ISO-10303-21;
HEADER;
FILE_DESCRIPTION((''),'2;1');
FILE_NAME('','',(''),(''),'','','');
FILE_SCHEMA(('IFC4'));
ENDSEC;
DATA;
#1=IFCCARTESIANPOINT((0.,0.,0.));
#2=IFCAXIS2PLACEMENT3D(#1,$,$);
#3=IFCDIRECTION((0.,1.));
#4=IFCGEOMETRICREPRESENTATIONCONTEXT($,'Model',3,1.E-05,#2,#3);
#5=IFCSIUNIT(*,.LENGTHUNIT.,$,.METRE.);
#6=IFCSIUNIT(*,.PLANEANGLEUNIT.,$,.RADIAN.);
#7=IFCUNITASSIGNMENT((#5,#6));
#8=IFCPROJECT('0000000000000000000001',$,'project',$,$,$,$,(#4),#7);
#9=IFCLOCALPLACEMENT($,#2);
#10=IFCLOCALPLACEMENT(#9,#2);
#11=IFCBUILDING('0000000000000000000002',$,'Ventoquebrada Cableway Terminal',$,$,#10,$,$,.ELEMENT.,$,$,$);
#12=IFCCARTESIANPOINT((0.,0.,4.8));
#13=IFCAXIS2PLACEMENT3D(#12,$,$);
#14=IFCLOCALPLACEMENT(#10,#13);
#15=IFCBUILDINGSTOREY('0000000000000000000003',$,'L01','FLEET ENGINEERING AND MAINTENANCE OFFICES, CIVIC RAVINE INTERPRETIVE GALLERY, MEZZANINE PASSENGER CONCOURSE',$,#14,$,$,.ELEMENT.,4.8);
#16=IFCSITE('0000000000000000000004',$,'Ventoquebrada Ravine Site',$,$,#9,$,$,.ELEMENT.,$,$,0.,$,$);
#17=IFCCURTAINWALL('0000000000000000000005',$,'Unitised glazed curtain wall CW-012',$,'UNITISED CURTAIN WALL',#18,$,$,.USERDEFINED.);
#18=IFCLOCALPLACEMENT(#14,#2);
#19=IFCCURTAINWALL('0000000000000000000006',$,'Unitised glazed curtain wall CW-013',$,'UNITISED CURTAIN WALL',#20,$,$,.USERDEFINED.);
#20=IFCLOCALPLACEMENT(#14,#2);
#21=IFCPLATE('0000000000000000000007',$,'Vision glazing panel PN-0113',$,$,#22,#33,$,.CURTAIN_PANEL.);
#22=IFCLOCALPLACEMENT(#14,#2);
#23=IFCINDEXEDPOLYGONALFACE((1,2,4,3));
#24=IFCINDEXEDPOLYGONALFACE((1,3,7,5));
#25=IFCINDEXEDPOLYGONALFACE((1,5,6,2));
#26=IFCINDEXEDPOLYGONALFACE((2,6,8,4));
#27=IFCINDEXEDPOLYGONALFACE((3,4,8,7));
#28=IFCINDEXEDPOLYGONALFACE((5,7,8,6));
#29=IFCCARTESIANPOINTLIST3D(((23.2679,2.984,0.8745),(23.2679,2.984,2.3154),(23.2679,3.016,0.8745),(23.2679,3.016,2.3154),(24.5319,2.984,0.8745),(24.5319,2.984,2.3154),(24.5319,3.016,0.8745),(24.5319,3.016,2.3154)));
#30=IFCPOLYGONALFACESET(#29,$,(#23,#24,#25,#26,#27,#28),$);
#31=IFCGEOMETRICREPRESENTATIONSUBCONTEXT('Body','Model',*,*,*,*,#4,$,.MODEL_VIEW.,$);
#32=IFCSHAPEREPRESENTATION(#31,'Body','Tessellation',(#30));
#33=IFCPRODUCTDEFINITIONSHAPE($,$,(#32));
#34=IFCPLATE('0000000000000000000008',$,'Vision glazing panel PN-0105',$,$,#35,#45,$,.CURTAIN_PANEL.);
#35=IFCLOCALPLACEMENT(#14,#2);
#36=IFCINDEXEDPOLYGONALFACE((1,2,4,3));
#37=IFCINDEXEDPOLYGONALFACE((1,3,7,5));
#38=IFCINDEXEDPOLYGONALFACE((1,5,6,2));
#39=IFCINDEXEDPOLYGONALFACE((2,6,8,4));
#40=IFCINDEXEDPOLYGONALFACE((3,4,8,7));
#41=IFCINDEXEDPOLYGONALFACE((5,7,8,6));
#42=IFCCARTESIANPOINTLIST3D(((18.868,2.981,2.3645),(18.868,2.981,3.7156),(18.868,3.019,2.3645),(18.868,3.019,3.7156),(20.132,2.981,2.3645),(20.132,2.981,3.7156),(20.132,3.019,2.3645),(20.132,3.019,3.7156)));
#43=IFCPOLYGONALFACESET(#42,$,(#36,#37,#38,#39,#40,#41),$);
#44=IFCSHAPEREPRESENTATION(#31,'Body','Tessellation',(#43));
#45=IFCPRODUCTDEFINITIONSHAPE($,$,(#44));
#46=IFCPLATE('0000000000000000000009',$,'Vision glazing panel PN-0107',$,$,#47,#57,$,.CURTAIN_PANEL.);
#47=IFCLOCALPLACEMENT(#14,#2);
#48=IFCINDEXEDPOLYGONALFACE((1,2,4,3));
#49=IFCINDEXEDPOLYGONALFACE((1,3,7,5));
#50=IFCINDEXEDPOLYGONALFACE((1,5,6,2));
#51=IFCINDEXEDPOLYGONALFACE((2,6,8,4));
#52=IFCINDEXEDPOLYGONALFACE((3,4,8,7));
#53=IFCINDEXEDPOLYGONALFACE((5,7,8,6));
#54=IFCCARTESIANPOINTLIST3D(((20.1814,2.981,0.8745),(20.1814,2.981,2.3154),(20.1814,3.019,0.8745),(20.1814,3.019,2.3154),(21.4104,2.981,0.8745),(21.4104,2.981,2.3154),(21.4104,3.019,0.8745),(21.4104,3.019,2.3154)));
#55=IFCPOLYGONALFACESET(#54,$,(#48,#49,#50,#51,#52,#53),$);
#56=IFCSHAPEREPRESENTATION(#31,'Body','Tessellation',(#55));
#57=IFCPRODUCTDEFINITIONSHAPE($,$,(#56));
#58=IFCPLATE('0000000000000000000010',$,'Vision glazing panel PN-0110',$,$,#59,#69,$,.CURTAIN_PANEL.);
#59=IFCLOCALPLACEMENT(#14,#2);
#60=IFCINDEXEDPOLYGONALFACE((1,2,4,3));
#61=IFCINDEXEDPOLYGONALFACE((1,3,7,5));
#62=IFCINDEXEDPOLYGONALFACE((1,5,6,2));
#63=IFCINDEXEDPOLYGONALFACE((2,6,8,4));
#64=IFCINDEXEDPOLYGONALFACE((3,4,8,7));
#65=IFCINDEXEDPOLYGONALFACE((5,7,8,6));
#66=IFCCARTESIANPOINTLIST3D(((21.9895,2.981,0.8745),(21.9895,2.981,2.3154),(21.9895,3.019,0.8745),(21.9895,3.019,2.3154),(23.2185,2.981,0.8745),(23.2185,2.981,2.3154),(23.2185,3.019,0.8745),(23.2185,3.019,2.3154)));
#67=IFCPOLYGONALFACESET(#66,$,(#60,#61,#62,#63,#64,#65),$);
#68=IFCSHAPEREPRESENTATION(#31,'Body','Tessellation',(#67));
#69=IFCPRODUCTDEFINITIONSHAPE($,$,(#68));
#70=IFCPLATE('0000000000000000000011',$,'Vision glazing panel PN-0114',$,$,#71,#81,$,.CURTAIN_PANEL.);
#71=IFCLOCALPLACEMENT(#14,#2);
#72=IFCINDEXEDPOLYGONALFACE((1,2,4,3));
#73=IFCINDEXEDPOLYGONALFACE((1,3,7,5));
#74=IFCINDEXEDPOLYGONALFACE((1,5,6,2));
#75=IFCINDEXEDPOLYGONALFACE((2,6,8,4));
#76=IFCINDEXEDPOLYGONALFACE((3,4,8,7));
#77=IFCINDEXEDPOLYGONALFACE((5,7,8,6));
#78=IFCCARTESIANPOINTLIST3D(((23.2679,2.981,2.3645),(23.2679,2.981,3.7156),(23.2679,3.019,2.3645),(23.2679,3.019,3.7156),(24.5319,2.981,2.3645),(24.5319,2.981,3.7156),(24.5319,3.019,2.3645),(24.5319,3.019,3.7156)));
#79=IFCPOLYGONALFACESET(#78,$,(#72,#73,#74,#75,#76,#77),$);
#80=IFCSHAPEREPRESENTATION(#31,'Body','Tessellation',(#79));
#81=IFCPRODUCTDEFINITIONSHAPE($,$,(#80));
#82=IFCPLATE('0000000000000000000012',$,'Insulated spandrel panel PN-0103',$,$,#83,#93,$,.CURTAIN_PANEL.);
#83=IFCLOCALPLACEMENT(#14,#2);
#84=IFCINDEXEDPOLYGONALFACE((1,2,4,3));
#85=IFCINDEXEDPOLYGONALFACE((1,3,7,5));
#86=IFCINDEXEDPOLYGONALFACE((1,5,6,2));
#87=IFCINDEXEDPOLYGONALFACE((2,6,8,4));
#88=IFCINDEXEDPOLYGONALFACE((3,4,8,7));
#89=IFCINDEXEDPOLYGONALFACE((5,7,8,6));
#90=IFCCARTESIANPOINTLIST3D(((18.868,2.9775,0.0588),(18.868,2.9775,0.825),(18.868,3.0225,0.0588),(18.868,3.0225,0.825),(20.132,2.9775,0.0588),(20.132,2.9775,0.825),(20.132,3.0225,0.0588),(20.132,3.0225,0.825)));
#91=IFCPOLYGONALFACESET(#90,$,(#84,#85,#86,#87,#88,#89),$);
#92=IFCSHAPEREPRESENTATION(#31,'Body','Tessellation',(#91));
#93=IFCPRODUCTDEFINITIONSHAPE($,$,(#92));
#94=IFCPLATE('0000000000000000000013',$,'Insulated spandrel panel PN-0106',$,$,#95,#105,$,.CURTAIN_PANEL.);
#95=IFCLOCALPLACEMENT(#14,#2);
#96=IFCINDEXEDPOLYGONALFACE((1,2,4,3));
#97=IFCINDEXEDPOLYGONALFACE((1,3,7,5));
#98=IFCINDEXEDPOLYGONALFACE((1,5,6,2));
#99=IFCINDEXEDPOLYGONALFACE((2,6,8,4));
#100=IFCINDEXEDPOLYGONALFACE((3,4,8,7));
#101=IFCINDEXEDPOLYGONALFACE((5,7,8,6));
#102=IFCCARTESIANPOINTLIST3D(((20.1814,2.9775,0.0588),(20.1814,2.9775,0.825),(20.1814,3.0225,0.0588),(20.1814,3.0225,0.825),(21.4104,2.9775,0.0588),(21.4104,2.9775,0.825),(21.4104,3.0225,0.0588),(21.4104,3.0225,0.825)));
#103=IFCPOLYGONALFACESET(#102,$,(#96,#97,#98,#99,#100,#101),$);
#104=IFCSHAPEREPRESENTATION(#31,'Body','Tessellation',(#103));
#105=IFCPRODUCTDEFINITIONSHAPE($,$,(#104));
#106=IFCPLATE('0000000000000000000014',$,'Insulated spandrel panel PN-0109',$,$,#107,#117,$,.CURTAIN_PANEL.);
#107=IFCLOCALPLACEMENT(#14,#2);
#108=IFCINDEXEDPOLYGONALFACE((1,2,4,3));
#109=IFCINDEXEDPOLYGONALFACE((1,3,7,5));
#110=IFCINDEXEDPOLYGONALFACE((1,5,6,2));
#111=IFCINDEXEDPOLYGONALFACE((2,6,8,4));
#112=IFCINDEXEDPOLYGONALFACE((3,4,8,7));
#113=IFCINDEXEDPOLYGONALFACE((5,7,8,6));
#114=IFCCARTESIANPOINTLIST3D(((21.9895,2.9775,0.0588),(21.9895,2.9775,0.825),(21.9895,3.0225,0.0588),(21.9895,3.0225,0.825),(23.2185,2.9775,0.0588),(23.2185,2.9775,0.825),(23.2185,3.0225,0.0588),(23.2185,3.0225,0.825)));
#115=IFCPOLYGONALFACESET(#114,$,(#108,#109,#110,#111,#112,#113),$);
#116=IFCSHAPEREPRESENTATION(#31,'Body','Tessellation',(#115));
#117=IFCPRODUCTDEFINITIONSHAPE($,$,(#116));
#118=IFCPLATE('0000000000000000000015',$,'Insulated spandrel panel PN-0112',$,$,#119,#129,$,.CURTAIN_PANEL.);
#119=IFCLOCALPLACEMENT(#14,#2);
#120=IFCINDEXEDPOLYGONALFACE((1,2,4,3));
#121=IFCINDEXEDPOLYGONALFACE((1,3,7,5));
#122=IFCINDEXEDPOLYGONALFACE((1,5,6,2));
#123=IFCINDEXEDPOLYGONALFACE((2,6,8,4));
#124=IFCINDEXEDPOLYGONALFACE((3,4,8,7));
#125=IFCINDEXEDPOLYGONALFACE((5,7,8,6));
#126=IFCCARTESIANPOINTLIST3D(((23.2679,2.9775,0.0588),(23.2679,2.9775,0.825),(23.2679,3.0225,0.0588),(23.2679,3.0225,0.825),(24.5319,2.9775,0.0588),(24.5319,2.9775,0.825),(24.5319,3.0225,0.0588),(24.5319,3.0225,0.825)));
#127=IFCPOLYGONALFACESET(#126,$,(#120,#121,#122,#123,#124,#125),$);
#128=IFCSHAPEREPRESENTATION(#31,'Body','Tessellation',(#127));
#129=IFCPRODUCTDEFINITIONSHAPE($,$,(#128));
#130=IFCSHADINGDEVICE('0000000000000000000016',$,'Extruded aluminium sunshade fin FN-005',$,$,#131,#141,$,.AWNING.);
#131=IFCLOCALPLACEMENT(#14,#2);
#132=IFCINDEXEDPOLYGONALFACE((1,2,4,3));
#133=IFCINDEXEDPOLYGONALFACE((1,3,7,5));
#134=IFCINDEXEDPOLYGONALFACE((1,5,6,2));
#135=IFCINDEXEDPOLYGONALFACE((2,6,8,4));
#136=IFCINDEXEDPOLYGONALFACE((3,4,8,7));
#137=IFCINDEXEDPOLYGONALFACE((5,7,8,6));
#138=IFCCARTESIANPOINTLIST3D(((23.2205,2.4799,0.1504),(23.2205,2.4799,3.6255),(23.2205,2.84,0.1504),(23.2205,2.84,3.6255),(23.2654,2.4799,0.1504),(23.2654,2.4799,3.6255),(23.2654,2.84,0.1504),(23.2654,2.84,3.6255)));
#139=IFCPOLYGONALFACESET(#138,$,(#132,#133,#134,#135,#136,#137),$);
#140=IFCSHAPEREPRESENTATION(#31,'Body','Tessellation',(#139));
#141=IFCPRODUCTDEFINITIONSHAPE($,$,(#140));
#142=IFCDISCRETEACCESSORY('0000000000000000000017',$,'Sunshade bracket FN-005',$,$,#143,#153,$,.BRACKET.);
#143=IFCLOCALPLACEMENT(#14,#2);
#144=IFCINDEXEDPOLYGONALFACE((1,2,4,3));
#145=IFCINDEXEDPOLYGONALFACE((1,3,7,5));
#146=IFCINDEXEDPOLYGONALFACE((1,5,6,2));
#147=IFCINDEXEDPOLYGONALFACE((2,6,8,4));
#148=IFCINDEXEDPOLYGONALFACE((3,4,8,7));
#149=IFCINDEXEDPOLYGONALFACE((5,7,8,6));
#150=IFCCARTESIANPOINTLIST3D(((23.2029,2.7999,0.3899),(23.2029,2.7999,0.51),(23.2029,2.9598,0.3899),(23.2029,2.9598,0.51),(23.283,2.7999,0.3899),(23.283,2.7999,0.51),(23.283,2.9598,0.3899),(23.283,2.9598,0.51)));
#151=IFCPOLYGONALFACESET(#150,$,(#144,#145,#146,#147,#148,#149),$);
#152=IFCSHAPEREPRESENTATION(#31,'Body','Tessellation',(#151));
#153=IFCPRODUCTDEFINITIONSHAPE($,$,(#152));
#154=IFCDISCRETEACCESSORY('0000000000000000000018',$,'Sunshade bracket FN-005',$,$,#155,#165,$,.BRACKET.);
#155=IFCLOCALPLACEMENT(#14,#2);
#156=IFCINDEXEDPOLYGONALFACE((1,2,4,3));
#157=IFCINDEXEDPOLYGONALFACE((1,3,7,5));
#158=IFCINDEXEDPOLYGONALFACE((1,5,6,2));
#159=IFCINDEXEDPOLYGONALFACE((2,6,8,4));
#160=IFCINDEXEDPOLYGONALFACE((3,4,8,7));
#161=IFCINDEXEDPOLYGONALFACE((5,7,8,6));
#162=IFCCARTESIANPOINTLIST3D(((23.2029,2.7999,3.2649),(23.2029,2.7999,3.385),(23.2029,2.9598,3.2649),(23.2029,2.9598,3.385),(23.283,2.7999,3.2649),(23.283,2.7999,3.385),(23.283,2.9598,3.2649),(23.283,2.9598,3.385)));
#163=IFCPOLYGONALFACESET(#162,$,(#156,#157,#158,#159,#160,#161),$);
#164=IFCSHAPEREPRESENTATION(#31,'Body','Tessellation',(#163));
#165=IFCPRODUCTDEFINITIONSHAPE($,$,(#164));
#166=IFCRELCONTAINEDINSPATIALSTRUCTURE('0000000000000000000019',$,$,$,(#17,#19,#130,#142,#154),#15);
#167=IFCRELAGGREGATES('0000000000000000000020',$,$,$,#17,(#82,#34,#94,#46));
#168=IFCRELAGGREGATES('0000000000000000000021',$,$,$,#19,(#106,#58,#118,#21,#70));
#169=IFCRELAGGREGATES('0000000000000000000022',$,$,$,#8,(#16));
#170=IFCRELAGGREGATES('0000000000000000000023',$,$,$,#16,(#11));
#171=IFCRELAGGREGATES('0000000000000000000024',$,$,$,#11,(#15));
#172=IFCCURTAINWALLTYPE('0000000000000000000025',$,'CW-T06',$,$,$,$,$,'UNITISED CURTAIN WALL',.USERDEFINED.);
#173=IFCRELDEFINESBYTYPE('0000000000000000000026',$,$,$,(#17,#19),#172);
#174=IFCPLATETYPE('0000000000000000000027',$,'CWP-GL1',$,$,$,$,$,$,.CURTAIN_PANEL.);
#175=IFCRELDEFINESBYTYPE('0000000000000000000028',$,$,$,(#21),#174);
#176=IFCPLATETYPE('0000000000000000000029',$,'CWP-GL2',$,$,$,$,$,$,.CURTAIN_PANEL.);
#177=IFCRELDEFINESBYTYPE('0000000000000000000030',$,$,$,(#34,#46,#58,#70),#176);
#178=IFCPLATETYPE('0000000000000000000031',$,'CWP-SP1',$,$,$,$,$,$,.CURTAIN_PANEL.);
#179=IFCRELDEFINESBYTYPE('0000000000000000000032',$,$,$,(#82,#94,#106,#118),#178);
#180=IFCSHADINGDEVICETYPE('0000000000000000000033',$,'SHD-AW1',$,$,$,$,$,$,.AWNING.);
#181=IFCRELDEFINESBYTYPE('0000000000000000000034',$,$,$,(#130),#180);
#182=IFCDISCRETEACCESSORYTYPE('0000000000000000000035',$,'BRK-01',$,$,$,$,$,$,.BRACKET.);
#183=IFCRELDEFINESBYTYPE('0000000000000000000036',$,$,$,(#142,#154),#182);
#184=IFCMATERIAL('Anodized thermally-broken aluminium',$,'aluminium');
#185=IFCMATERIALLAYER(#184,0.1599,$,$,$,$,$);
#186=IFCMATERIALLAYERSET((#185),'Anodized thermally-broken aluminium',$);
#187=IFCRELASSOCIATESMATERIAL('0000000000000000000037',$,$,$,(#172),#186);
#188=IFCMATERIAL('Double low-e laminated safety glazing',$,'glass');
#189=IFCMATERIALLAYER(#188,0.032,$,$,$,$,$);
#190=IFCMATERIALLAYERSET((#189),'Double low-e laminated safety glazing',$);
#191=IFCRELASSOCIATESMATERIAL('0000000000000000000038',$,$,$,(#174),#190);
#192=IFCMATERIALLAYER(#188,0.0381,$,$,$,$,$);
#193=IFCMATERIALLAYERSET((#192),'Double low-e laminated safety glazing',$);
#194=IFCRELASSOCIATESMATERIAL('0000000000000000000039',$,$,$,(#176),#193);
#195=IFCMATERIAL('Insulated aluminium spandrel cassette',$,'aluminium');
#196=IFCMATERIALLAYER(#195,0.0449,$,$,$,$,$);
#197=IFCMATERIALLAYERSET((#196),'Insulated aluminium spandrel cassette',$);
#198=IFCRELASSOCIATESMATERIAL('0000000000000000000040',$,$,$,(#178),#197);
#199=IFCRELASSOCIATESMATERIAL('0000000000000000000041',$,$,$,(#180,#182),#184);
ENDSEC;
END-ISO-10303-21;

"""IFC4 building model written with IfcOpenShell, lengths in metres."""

from ifc_helpers import new_model, si_unit, direction, frame, origin, origin_2d, place, context, subcontext, project, spatial, rectangle, extrude, material, layer, layer_set, type_object, element, aggregate, save


model = new_model("IFC4")

# Units and contexts
model_context = context("Model", 3, precision=1e-05, world=origin(), true_north=direction((0.0, 1.0)))
body_context = subcontext(model_context, "Body", "Model", "MODEL_VIEW")
ifc_project = project(units=[si_unit("LENGTHUNIT", "METRE"), si_unit("PLANEANGLEUNIT", "RADIAN")], contexts=[model_context])

# Site, building, storey
site_placement = place(None, origin())
site = spatial("IfcSite", under=ifc_project, at=site_placement, Name="Ventoquebrada Ravine Site", CompositionType="ELEMENT", RefElevation=0.0)
building_placement = place(site_placement, origin())
building = spatial("IfcBuilding", under=site, at=building_placement, Name="Ventoquebrada Cableway Terminal", CompositionType="ELEMENT")
storey_placement = place(building_placement, frame((0.0, 0.0, 4.8)))
storey = spatial("IfcBuildingStorey", under=building, at=storey_placement, Name="L01", Description="FLEET ENGINEERING AND MAINTENANCE OFFICES, CIVIC RAVINE INTERPRETIVE GALLERY, MEZZANINE PASSENGER CONCOURSE", CompositionType="ELEMENT", Elevation=4.8)

# Curtain walls
ifc_material_1 = material(Name="Anodized thermally-broken aluminium", Category="aluminium")
ifc_layer_1 = layer(ifc_material_1, 0.1599)
ifc_layer_set_1 = layer_set([ifc_layer_1], Name="Anodized thermally-broken aluminium")
curtain_wall_type = type_object("IfcCurtainWallType", Name="CW-T06", ElementType="UNITISED CURTAIN WALL", PredefinedType="USERDEFINED", material=ifc_layer_set_1)
curtain_wall_1_placement = place(storey_placement, origin())
curtain_wall_1 = element("IfcCurtainWall", 1, at=curtain_wall_1_placement, inside=storey, type_object=curtain_wall_type, Name="Unitised glazed curtain wall CW-012", ObjectType="UNITISED CURTAIN WALL", PredefinedType="USERDEFINED")
curtain_wall_2_placement = place(storey_placement, origin())
curtain_wall_2 = element("IfcCurtainWall", 2, at=curtain_wall_2_placement, inside=storey, type_object=curtain_wall_type, Name="Unitised glazed curtain wall CW-013", ObjectType="UNITISED CURTAIN WALL", PredefinedType="USERDEFINED")

# Plates
ifc_material_2 = material(Name="Double low-e laminated safety glazing", Category="glass")
ifc_layer_2 = layer(ifc_material_2, 0.032)
ifc_layer_set_2 = layer_set([ifc_layer_2], Name="Double low-e laminated safety glazing")
plate_type_1 = type_object("IfcPlateType", Name="CWP-GL1", PredefinedType="CURTAIN_PANEL", material=ifc_layer_set_2)
plate_1_placement = place(storey_placement, frame((23.8999, 3.0, 0.8745), z_axis=(0.0, 0.0, 1.0), x_axis=(1.0, 0.0, 0.0)))
plate_1 = element("IfcPlate", 3, at=plate_1_placement, type_object=plate_type_1, Name="Vision glazing panel PN-0113", PredefinedType="CURTAIN_PANEL", context=body_context, shape_type="SweptSolid", body=[
    extrude(rectangle(XDim=1.2639, YDim=0.032, at=origin_2d()), origin(), (0.0, 0.0, 1.0), 1.4409),
])
ifc_layer_3 = layer(ifc_material_2, 0.0381)
ifc_layer_set_3 = layer_set([ifc_layer_3], Name="Double low-e laminated safety glazing")
plate_type_2 = type_object("IfcPlateType", Name="CWP-GL2", PredefinedType="CURTAIN_PANEL", material=ifc_layer_set_3)
plate_2_placement = place(storey_placement, frame((19.5, 3.0, 2.3645), z_axis=(0.0, 0.0, 1.0), x_axis=(1.0, 0.0, 0.0)))
plate_2 = element("IfcPlate", 4, at=plate_2_placement, type_object=plate_type_2, Name="Vision glazing panel PN-0105", PredefinedType="CURTAIN_PANEL", context=body_context, shape_type="SweptSolid", body=[
    extrude(rectangle(XDim=1.2639, YDim=0.0381, at=origin_2d()), origin(), (0.0, 0.0, 1.0), 1.3511),
])
plate_3_placement = place(storey_placement, frame((20.7959, 3.0, 0.8745), z_axis=(0.0, 0.0, 1.0), x_axis=(1.0, 0.0, 0.0)))
plate_3 = element("IfcPlate", 5, at=plate_3_placement, type_object=plate_type_2, Name="Vision glazing panel PN-0107", PredefinedType="CURTAIN_PANEL", context=body_context, shape_type="SweptSolid", body=[
    extrude(rectangle(XDim=1.229, YDim=0.0381, at=origin_2d()), origin(), (0.0, 0.0, 1.0), 1.4409),
])
plate_4_placement = place(storey_placement, frame((22.604, 3.0, 0.8745), z_axis=(0.0, 0.0, 1.0), x_axis=(1.0, 0.0, 0.0)))
plate_4 = element("IfcPlate", 6, at=plate_4_placement, type_object=plate_type_2, Name="Vision glazing panel PN-0110", PredefinedType="CURTAIN_PANEL", context=body_context, shape_type="SweptSolid", body=[
    extrude(rectangle(XDim=1.229, YDim=0.0381, at=origin_2d()), origin(), (0.0, 0.0, 1.0), 1.4409),
])
plate_5_placement = place(storey_placement, frame((23.8999, 3.0, 2.3645), z_axis=(0.0, 0.0, 1.0), x_axis=(1.0, 0.0, 0.0)))
plate_5 = element("IfcPlate", 7, at=plate_5_placement, type_object=plate_type_2, Name="Vision glazing panel PN-0114", PredefinedType="CURTAIN_PANEL", context=body_context, shape_type="SweptSolid", body=[
    extrude(rectangle(XDim=1.2639, YDim=0.0381, at=origin_2d()), origin(), (0.0, 0.0, 1.0), 1.3511),
])
ifc_material_3 = material(Name="Insulated aluminium spandrel cassette", Category="aluminium")
ifc_layer_4 = layer(ifc_material_3, 0.0449)
ifc_layer_set_4 = layer_set([ifc_layer_4], Name="Insulated aluminium spandrel cassette")
plate_type_3 = type_object("IfcPlateType", Name="CWP-SP1", PredefinedType="CURTAIN_PANEL", material=ifc_layer_set_4)
plate_6_placement = place(storey_placement, frame((19.5, 3.0, 0.0588), z_axis=(0.0, 0.0, 1.0), x_axis=(1.0, 0.0, 0.0)))
plate_6 = element("IfcPlate", 8, at=plate_6_placement, type_object=plate_type_3, Name="Insulated spandrel panel PN-0103", PredefinedType="CURTAIN_PANEL", context=body_context, shape_type="SweptSolid", body=[
    extrude(rectangle(XDim=1.2639, YDim=0.0449, at=origin_2d()), origin(), (0.0, 0.0, 1.0), 0.7661),
])
plate_7_placement = place(storey_placement, frame((20.7959, 3.0, 0.0588), z_axis=(0.0, 0.0, 1.0), x_axis=(1.0, 0.0, 0.0)))
plate_7 = element("IfcPlate", 9, at=plate_7_placement, type_object=plate_type_3, Name="Insulated spandrel panel PN-0106", PredefinedType="CURTAIN_PANEL", context=body_context, shape_type="SweptSolid", body=[
    extrude(rectangle(XDim=1.229, YDim=0.0449, at=origin_2d()), origin(), (0.0, 0.0, 1.0), 0.7661),
])
aggregate(curtain_wall_1, [plate_6, plate_2, plate_7, plate_3])
plate_8_placement = place(storey_placement, frame((22.604, 3.0, 0.0588), z_axis=(0.0, 0.0, 1.0), x_axis=(1.0, 0.0, 0.0)))
plate_8 = element("IfcPlate", 10, at=plate_8_placement, type_object=plate_type_3, Name="Insulated spandrel panel PN-0109", PredefinedType="CURTAIN_PANEL", context=body_context, shape_type="SweptSolid", body=[
    extrude(rectangle(XDim=1.229, YDim=0.0449, at=origin_2d()), origin(), (0.0, 0.0, 1.0), 0.7661),
])
plate_9_placement = place(storey_placement, frame((23.8999, 3.0, 0.0588), z_axis=(0.0, 0.0, 1.0), x_axis=(1.0, 0.0, 0.0)))
plate_9 = element("IfcPlate", 11, at=plate_9_placement, type_object=plate_type_3, Name="Insulated spandrel panel PN-0112", PredefinedType="CURTAIN_PANEL", context=body_context, shape_type="SweptSolid", body=[
    extrude(rectangle(XDim=1.2639, YDim=0.0449, at=origin_2d()), origin(), (0.0, 0.0, 1.0), 0.7661),
])
aggregate(curtain_wall_2, [plate_8, plate_4, plate_9, plate_1, plate_5])

# Shading device
shading_device_type = type_object("IfcShadingDeviceType", Name="SHD-AW1", PredefinedType="AWNING", material=ifc_material_1)
shading_device_placement = place(storey_placement, frame((23.2429, 2.6599, 0.1504), z_axis=(0.0, 0.0, 1.0), x_axis=(1.0, 0.0, 0.0)))
element("IfcShadingDevice", 12, at=shading_device_placement, inside=storey, type_object=shading_device_type, Name="Extruded aluminium sunshade fin FN-005", PredefinedType="AWNING", context=body_context, shape_type="SweptSolid", body=[
    extrude(rectangle(XDim=0.0449, YDim=0.3601, at=origin_2d()), origin(), (0.0, 0.0, 1.0), 3.4751),
])

# Discrete accessories
discrete_accessory_type = type_object("IfcDiscreteAccessoryType", Name="BRK-01", PredefinedType="BRACKET", material=ifc_material_1)
for number, where, z_axis, x_axis, name in (
    (13, (23.2429, 2.8799, 0.3899), (0.0, 0.0, 1.0), (1.0, 0.0, 0.0), "Sunshade bracket FN-005"),
    (14, (23.2429, 2.8799, 3.2649), (0.0, 0.0, 1.0), (1.0, 0.0, 0.0), "Sunshade bracket FN-005"),
):
    element("IfcDiscreteAccessory", number, at=place(storey_placement, frame(where, z_axis=z_axis, x_axis=x_axis)), inside=storey, type_object=discrete_accessory_type, Name=name, PredefinedType="BRACKET", context=body_context, shape_type="SweptSolid", body=[
        extrude(rectangle(XDim=0.0801, YDim=0.1599, at=origin_2d()), origin(), (0.0, 0.0, 1.0), 0.1201),
    ])

save(model, "model.ifc")
